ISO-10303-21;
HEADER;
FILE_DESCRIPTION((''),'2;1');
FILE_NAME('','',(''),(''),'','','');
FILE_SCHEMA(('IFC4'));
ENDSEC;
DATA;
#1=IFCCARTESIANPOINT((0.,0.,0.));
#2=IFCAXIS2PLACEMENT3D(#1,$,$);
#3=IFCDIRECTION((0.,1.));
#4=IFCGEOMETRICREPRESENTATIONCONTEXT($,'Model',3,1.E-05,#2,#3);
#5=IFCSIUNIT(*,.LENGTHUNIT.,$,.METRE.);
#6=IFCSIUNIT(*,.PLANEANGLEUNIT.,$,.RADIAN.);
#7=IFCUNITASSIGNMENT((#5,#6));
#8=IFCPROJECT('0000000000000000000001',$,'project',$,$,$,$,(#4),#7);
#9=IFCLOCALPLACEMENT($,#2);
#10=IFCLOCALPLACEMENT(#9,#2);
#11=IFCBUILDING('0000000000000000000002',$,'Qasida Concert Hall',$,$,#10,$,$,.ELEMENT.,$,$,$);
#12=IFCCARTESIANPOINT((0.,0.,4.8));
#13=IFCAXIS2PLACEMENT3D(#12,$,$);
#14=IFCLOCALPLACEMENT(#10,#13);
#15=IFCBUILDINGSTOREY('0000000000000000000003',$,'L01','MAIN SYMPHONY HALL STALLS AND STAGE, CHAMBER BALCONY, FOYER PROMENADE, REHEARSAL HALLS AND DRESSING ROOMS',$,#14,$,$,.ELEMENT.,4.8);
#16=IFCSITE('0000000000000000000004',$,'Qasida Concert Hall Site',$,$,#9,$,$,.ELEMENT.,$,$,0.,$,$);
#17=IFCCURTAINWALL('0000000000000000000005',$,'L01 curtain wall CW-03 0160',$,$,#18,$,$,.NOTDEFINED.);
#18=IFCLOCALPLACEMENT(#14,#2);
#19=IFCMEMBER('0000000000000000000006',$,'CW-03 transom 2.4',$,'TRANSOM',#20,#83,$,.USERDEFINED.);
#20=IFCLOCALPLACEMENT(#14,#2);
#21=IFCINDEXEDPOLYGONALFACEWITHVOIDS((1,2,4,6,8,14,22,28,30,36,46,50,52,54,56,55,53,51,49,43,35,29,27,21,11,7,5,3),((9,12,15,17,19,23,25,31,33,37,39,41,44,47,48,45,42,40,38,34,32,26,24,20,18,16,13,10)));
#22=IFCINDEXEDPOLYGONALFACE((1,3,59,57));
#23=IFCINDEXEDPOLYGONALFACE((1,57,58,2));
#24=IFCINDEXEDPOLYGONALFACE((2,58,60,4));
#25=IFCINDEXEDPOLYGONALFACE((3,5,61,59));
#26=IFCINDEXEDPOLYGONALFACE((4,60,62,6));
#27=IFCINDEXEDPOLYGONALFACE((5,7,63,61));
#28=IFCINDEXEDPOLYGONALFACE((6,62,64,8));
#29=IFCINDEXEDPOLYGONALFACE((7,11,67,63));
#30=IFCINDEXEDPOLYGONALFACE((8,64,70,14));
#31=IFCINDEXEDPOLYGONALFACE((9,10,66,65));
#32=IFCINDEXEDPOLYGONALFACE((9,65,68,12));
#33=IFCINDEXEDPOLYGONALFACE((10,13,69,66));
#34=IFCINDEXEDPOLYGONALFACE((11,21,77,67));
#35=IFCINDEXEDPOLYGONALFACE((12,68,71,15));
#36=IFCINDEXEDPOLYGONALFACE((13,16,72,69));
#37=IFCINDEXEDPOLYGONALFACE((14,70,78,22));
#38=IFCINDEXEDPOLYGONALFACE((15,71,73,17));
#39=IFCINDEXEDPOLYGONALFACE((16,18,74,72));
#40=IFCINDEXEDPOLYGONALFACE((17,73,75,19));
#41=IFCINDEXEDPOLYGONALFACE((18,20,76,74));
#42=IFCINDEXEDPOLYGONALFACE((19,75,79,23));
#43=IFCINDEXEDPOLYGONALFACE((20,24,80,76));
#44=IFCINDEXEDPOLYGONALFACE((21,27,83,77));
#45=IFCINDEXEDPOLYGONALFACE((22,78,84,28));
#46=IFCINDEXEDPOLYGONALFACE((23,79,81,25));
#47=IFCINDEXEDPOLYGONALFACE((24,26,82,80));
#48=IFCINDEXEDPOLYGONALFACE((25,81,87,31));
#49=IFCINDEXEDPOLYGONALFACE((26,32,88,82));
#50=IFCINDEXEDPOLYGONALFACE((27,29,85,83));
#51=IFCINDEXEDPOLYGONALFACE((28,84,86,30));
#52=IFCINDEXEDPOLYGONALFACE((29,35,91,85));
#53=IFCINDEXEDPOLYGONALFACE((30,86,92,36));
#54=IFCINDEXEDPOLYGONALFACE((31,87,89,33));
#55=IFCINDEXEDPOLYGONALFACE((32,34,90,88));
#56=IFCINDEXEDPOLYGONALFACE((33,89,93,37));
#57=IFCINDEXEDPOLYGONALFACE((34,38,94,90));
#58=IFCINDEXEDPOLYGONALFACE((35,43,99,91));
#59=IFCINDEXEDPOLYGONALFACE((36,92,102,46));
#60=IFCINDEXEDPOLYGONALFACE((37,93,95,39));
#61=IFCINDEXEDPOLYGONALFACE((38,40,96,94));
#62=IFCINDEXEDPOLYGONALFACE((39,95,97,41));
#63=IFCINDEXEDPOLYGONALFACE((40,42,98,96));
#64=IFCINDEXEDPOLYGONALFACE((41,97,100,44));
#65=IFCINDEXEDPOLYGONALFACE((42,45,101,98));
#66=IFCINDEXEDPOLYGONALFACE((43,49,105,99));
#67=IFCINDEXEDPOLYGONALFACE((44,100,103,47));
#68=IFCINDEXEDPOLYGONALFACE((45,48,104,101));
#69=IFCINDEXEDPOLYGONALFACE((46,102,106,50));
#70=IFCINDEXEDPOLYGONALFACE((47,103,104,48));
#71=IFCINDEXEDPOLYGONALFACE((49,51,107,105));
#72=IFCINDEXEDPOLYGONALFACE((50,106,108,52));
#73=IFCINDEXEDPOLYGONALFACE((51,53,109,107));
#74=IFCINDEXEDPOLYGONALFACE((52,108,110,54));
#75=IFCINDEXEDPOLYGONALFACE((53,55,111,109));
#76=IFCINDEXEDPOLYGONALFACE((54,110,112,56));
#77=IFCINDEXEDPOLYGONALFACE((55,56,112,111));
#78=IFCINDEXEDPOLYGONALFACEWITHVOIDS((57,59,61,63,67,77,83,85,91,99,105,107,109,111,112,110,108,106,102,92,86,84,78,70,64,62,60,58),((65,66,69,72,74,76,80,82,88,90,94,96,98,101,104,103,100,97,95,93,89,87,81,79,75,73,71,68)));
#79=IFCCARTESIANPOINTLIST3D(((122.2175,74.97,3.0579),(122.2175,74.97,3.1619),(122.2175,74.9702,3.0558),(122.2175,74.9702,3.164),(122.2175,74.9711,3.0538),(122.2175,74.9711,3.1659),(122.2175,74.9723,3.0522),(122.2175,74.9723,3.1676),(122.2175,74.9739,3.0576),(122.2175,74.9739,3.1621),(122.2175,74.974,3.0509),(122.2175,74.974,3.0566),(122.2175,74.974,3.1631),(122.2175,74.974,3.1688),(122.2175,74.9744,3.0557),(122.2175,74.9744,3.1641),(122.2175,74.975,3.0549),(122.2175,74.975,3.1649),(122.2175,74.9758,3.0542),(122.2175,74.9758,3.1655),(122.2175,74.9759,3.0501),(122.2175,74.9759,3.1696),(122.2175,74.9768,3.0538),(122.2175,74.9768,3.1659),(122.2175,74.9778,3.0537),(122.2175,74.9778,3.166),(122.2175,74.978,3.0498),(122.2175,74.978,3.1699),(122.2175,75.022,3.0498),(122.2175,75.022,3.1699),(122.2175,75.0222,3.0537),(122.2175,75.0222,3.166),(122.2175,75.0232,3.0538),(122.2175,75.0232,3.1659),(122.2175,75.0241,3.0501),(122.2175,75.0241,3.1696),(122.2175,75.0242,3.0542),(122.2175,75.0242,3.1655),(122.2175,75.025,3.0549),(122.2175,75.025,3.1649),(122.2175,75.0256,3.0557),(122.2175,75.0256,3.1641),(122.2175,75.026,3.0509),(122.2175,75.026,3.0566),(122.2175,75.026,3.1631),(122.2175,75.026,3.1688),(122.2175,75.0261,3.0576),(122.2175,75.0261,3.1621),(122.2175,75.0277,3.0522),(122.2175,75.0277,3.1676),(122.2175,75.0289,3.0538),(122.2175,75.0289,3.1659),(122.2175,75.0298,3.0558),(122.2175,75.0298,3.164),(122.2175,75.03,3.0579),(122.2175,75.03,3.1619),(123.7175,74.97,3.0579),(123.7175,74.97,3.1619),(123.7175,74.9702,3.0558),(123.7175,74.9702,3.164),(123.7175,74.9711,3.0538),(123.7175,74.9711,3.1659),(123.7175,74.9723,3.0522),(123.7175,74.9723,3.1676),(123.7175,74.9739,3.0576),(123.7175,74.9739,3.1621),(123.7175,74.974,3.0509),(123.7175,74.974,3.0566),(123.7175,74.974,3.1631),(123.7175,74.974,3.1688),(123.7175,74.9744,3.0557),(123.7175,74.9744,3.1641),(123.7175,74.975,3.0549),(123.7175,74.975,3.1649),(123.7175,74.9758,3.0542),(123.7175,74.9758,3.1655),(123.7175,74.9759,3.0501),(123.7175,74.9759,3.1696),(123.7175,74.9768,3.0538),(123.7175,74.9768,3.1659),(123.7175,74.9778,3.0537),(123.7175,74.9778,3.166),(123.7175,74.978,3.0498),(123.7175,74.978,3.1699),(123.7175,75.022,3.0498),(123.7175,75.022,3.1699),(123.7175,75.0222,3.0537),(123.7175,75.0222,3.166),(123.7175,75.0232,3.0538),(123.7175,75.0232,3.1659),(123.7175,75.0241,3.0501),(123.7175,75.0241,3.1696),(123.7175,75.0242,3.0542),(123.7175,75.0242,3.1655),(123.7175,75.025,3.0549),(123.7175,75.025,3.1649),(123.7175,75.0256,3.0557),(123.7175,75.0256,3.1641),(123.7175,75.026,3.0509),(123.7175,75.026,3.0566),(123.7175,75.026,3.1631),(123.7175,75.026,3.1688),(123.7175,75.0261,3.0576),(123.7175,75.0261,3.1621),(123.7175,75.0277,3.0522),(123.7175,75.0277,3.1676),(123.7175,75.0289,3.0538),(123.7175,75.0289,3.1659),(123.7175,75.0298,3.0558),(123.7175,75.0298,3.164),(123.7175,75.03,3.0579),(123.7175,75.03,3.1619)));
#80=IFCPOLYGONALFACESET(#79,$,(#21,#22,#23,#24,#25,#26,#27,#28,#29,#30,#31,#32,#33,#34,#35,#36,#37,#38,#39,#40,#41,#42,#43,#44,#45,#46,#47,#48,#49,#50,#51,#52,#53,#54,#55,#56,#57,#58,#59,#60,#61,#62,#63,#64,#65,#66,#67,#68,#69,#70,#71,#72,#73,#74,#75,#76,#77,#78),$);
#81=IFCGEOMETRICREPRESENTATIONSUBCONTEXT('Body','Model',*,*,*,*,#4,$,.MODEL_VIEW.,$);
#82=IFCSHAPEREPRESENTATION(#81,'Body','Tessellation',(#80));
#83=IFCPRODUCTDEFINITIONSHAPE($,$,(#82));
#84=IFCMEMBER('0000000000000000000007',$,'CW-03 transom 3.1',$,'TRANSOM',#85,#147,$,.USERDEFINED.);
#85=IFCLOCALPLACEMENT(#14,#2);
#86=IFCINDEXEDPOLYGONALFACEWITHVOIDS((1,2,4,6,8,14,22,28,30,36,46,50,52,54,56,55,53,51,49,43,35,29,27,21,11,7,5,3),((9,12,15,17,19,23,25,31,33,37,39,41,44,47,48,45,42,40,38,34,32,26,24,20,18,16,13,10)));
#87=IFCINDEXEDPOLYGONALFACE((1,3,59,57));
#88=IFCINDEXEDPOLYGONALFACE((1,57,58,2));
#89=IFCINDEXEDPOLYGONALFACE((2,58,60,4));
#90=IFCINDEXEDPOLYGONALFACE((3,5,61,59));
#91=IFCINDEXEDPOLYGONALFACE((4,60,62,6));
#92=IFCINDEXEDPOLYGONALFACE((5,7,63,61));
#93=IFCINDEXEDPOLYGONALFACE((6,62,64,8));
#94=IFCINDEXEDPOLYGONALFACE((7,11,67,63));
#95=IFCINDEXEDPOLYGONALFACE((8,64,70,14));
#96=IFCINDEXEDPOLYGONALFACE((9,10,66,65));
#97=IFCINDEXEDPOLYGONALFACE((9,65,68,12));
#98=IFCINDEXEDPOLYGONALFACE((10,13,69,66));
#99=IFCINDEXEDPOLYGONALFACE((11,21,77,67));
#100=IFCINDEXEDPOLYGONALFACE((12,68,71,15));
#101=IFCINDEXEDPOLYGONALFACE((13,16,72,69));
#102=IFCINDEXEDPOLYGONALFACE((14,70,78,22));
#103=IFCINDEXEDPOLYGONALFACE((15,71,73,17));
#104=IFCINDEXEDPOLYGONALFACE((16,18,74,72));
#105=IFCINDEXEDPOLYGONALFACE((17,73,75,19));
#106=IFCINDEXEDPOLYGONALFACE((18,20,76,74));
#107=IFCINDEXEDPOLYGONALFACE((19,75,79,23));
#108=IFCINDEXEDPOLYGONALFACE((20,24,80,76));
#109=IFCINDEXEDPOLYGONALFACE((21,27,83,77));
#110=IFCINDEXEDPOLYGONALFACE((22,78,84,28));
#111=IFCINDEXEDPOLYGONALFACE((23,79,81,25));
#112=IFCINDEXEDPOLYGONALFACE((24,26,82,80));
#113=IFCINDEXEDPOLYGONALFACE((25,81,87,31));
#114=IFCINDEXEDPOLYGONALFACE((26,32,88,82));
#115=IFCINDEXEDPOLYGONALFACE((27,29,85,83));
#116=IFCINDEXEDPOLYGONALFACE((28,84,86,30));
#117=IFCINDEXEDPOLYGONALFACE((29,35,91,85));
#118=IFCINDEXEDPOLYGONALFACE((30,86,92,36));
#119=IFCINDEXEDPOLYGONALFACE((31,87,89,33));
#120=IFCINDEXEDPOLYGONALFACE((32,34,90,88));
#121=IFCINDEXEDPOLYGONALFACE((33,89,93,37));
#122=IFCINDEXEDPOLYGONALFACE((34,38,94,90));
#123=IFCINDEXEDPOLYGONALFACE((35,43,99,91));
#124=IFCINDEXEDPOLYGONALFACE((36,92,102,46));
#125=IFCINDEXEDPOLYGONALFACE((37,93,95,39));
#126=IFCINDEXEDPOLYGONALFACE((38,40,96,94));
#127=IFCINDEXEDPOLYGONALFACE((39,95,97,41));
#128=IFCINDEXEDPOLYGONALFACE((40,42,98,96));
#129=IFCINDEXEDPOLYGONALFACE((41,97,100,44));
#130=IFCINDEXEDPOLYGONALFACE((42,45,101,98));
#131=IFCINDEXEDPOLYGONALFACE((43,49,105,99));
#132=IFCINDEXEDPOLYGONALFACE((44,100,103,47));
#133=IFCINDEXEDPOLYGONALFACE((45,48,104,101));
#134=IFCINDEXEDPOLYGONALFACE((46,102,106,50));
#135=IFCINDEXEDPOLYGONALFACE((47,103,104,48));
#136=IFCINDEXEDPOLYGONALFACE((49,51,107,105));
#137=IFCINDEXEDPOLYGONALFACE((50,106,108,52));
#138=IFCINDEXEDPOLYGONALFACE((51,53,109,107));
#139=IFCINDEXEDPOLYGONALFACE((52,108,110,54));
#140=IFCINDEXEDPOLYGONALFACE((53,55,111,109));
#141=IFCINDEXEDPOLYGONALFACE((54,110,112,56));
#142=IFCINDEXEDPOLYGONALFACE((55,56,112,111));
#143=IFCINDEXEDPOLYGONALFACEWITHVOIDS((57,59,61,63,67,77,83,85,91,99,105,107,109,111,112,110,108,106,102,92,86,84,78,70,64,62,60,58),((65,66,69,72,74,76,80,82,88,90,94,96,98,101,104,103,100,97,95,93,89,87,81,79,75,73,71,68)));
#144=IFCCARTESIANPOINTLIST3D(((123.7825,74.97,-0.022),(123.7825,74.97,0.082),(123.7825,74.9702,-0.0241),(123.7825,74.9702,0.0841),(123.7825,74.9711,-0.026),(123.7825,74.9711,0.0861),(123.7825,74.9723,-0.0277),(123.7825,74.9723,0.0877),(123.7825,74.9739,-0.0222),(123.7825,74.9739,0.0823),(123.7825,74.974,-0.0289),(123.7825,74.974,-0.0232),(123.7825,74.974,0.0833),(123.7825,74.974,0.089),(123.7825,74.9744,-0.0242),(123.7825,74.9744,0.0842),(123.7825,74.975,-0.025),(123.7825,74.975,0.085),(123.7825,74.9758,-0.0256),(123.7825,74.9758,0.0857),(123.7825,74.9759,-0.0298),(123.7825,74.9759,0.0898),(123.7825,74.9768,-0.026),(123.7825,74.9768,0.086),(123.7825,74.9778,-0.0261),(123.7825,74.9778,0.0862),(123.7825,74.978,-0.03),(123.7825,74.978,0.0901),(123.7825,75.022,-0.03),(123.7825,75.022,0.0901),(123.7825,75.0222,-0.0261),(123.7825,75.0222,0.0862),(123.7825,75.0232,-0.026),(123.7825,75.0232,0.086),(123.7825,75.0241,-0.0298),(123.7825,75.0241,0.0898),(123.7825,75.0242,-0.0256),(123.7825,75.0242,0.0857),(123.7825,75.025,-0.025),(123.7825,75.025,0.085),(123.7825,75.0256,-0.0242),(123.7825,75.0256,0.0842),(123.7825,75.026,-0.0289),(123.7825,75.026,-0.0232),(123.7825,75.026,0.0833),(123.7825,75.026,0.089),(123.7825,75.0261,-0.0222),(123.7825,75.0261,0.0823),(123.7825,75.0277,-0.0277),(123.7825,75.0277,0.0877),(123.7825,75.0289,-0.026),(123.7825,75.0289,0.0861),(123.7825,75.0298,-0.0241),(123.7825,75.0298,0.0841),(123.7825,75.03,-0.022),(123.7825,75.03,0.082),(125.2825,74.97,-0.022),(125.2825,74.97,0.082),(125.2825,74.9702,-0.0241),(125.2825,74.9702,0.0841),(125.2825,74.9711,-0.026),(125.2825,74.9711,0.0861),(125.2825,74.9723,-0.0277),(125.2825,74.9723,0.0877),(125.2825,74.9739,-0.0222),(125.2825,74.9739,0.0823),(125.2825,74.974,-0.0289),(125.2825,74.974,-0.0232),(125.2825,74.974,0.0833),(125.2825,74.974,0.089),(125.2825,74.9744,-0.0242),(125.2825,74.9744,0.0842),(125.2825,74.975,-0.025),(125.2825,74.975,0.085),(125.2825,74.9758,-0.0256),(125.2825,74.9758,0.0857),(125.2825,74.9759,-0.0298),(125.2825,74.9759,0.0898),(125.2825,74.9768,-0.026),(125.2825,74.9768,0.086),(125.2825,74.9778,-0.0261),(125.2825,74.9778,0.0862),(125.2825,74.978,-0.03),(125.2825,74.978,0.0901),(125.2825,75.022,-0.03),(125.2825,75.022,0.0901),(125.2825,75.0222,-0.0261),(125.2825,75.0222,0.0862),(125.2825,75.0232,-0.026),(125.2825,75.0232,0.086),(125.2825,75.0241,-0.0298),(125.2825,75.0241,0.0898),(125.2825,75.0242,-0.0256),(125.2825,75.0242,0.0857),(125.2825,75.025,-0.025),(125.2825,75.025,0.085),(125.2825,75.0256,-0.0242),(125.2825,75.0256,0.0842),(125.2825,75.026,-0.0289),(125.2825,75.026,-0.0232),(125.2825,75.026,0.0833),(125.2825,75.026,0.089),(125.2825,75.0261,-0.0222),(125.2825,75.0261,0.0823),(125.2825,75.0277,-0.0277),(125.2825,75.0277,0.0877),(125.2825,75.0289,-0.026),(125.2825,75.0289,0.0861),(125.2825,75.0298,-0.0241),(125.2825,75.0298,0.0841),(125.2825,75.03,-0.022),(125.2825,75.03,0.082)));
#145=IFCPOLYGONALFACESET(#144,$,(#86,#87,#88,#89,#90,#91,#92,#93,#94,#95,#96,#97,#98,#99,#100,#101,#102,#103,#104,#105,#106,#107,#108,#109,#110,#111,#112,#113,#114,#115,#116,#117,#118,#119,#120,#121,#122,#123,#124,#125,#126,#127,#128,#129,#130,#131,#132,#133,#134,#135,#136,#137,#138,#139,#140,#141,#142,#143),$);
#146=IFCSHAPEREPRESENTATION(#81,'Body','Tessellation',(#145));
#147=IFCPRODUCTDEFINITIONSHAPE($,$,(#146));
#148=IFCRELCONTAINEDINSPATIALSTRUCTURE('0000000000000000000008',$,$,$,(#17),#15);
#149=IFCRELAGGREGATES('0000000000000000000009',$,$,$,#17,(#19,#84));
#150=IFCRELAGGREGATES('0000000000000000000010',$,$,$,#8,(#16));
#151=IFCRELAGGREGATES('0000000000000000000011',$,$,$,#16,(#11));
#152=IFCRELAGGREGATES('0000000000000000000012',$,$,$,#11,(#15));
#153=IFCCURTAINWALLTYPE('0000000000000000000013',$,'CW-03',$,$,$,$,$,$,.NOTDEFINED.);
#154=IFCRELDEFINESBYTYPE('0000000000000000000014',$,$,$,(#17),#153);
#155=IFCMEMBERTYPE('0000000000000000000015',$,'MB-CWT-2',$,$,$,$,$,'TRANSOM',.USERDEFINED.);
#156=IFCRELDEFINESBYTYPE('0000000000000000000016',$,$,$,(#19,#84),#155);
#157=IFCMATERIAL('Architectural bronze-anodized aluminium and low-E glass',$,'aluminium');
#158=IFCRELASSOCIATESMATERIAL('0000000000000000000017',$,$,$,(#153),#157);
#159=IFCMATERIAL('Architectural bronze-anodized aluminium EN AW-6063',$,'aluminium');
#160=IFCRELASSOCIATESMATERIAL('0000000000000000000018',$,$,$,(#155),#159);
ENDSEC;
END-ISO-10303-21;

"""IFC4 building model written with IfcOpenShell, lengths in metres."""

from ifc_helpers import new_model, si_unit, direction, frame, origin, origin_2d, place, context, subcontext, project, spatial, hollow_rectangle, extrude, material, material_profile, profile_set, type_object, element, aggregate, save


model = new_model("IFC4")

# Units and contexts
model_context = context("Model", 3, precision=1e-05, world=origin(), true_north=direction((0.0, 1.0)))
body_context = subcontext(model_context, "Body", "Model", "MODEL_VIEW")
ifc_project = project(units=[si_unit("LENGTHUNIT", "METRE"), si_unit("PLANEANGLEUNIT", "RADIAN")], contexts=[model_context])

# Site, building, storey
site_placement = place(None, origin())
site = spatial("IfcSite", under=ifc_project, at=site_placement, Name="Qasida Concert Hall Site", CompositionType="ELEMENT", RefElevation=0.0)
building_placement = place(site_placement, origin())
building = spatial("IfcBuilding", under=site, at=building_placement, Name="Qasida Concert Hall", CompositionType="ELEMENT")
storey_placement = place(building_placement, frame((0.0, 0.0, 4.8)))
storey = spatial("IfcBuildingStorey", under=building, at=storey_placement, Name="L01", Description="MAIN SYMPHONY HALL STALLS AND STAGE, CHAMBER BALCONY, FOYER PROMENADE, REHEARSAL HALLS AND DRESSING ROOMS", CompositionType="ELEMENT", Elevation=4.8)

# Curtain wall, members
ifc_material_1 = material(Name="Architectural bronze-anodized aluminium and low-E glass", Category="aluminium")
curtain_wall_type = type_object("IfcCurtainWallType", Name="CW-03", PredefinedType="NOTDEFINED", material=ifc_material_1)
curtain_wall_placement = place(storey_placement, origin())
curtain_wall = element("IfcCurtainWall", 1, at=curtain_wall_placement, inside=storey, type_object=curtain_wall_type, Name="L01 curtain wall CW-03 0160", PredefinedType="NOTDEFINED")
ifc_material_2 = material(Name="Architectural bronze-anodized aluminium EN AW-6063", Category="aluminium")
ifc_material_profile_1 = material_profile(ifc_material_2, hollow_rectangle(XDim=0.0601, YDim=0.1201, WallThickness=0.0039, InnerFilletRadius=0.0039, OuterFilletRadius=0.0081, at=origin_2d()), Name="CWT 120x60x4")
ifc_profile_set_1 = profile_set([ifc_material_profile_1], Name="Architectural bronze-anodized aluminium EN AW-6063")
member_type_1 = type_object("IfcMemberType", Name="MB-CWT-2", ElementType="TRANSOM", PredefinedType="USERDEFINED", material=ifc_profile_set_1)
member_1_placement = place(storey_placement, frame((122.2175, 75.0, 3.1099), z_axis=(1.0, 0.0, 0.0), x_axis=(0.0, 1.0, 0.0)))
member_1 = element("IfcMember", 2, at=member_1_placement, type_object=member_type_1, Name="CW-03 transom 2.4", ObjectType="TRANSOM", PredefinedType="USERDEFINED", context=body_context, shape_type="SweptSolid", body=[
    extrude(hollow_rectangle(XDim=0.0601, YDim=0.1201, WallThickness=0.0039, InnerFilletRadius=0.0039, OuterFilletRadius=0.0081, at=origin_2d()), origin(), (0.0, 0.0, 1.0), 1.5),
])
member_2_placement = place(storey_placement, frame((123.7825, 75.0, 0.03), z_axis=(1.0, 0.0, 0.0), x_axis=(0.0, 1.0, 0.0)))
member_2 = element("IfcMember", 3, at=member_2_placement, type_object=member_type_1, Name="CW-03 transom 3.1", ObjectType="TRANSOM", PredefinedType="USERDEFINED", context=body_context, shape_type="SweptSolid", body=[
    extrude(hollow_rectangle(XDim=0.0601, YDim=0.1201, WallThickness=0.0039, InnerFilletRadius=0.0039, OuterFilletRadius=0.0081, at=origin_2d()), origin(), (0.0, 0.0, 1.0), 1.5),
])
aggregate(curtain_wall, [member_1, member_2])

save(model, "model.ifc")
